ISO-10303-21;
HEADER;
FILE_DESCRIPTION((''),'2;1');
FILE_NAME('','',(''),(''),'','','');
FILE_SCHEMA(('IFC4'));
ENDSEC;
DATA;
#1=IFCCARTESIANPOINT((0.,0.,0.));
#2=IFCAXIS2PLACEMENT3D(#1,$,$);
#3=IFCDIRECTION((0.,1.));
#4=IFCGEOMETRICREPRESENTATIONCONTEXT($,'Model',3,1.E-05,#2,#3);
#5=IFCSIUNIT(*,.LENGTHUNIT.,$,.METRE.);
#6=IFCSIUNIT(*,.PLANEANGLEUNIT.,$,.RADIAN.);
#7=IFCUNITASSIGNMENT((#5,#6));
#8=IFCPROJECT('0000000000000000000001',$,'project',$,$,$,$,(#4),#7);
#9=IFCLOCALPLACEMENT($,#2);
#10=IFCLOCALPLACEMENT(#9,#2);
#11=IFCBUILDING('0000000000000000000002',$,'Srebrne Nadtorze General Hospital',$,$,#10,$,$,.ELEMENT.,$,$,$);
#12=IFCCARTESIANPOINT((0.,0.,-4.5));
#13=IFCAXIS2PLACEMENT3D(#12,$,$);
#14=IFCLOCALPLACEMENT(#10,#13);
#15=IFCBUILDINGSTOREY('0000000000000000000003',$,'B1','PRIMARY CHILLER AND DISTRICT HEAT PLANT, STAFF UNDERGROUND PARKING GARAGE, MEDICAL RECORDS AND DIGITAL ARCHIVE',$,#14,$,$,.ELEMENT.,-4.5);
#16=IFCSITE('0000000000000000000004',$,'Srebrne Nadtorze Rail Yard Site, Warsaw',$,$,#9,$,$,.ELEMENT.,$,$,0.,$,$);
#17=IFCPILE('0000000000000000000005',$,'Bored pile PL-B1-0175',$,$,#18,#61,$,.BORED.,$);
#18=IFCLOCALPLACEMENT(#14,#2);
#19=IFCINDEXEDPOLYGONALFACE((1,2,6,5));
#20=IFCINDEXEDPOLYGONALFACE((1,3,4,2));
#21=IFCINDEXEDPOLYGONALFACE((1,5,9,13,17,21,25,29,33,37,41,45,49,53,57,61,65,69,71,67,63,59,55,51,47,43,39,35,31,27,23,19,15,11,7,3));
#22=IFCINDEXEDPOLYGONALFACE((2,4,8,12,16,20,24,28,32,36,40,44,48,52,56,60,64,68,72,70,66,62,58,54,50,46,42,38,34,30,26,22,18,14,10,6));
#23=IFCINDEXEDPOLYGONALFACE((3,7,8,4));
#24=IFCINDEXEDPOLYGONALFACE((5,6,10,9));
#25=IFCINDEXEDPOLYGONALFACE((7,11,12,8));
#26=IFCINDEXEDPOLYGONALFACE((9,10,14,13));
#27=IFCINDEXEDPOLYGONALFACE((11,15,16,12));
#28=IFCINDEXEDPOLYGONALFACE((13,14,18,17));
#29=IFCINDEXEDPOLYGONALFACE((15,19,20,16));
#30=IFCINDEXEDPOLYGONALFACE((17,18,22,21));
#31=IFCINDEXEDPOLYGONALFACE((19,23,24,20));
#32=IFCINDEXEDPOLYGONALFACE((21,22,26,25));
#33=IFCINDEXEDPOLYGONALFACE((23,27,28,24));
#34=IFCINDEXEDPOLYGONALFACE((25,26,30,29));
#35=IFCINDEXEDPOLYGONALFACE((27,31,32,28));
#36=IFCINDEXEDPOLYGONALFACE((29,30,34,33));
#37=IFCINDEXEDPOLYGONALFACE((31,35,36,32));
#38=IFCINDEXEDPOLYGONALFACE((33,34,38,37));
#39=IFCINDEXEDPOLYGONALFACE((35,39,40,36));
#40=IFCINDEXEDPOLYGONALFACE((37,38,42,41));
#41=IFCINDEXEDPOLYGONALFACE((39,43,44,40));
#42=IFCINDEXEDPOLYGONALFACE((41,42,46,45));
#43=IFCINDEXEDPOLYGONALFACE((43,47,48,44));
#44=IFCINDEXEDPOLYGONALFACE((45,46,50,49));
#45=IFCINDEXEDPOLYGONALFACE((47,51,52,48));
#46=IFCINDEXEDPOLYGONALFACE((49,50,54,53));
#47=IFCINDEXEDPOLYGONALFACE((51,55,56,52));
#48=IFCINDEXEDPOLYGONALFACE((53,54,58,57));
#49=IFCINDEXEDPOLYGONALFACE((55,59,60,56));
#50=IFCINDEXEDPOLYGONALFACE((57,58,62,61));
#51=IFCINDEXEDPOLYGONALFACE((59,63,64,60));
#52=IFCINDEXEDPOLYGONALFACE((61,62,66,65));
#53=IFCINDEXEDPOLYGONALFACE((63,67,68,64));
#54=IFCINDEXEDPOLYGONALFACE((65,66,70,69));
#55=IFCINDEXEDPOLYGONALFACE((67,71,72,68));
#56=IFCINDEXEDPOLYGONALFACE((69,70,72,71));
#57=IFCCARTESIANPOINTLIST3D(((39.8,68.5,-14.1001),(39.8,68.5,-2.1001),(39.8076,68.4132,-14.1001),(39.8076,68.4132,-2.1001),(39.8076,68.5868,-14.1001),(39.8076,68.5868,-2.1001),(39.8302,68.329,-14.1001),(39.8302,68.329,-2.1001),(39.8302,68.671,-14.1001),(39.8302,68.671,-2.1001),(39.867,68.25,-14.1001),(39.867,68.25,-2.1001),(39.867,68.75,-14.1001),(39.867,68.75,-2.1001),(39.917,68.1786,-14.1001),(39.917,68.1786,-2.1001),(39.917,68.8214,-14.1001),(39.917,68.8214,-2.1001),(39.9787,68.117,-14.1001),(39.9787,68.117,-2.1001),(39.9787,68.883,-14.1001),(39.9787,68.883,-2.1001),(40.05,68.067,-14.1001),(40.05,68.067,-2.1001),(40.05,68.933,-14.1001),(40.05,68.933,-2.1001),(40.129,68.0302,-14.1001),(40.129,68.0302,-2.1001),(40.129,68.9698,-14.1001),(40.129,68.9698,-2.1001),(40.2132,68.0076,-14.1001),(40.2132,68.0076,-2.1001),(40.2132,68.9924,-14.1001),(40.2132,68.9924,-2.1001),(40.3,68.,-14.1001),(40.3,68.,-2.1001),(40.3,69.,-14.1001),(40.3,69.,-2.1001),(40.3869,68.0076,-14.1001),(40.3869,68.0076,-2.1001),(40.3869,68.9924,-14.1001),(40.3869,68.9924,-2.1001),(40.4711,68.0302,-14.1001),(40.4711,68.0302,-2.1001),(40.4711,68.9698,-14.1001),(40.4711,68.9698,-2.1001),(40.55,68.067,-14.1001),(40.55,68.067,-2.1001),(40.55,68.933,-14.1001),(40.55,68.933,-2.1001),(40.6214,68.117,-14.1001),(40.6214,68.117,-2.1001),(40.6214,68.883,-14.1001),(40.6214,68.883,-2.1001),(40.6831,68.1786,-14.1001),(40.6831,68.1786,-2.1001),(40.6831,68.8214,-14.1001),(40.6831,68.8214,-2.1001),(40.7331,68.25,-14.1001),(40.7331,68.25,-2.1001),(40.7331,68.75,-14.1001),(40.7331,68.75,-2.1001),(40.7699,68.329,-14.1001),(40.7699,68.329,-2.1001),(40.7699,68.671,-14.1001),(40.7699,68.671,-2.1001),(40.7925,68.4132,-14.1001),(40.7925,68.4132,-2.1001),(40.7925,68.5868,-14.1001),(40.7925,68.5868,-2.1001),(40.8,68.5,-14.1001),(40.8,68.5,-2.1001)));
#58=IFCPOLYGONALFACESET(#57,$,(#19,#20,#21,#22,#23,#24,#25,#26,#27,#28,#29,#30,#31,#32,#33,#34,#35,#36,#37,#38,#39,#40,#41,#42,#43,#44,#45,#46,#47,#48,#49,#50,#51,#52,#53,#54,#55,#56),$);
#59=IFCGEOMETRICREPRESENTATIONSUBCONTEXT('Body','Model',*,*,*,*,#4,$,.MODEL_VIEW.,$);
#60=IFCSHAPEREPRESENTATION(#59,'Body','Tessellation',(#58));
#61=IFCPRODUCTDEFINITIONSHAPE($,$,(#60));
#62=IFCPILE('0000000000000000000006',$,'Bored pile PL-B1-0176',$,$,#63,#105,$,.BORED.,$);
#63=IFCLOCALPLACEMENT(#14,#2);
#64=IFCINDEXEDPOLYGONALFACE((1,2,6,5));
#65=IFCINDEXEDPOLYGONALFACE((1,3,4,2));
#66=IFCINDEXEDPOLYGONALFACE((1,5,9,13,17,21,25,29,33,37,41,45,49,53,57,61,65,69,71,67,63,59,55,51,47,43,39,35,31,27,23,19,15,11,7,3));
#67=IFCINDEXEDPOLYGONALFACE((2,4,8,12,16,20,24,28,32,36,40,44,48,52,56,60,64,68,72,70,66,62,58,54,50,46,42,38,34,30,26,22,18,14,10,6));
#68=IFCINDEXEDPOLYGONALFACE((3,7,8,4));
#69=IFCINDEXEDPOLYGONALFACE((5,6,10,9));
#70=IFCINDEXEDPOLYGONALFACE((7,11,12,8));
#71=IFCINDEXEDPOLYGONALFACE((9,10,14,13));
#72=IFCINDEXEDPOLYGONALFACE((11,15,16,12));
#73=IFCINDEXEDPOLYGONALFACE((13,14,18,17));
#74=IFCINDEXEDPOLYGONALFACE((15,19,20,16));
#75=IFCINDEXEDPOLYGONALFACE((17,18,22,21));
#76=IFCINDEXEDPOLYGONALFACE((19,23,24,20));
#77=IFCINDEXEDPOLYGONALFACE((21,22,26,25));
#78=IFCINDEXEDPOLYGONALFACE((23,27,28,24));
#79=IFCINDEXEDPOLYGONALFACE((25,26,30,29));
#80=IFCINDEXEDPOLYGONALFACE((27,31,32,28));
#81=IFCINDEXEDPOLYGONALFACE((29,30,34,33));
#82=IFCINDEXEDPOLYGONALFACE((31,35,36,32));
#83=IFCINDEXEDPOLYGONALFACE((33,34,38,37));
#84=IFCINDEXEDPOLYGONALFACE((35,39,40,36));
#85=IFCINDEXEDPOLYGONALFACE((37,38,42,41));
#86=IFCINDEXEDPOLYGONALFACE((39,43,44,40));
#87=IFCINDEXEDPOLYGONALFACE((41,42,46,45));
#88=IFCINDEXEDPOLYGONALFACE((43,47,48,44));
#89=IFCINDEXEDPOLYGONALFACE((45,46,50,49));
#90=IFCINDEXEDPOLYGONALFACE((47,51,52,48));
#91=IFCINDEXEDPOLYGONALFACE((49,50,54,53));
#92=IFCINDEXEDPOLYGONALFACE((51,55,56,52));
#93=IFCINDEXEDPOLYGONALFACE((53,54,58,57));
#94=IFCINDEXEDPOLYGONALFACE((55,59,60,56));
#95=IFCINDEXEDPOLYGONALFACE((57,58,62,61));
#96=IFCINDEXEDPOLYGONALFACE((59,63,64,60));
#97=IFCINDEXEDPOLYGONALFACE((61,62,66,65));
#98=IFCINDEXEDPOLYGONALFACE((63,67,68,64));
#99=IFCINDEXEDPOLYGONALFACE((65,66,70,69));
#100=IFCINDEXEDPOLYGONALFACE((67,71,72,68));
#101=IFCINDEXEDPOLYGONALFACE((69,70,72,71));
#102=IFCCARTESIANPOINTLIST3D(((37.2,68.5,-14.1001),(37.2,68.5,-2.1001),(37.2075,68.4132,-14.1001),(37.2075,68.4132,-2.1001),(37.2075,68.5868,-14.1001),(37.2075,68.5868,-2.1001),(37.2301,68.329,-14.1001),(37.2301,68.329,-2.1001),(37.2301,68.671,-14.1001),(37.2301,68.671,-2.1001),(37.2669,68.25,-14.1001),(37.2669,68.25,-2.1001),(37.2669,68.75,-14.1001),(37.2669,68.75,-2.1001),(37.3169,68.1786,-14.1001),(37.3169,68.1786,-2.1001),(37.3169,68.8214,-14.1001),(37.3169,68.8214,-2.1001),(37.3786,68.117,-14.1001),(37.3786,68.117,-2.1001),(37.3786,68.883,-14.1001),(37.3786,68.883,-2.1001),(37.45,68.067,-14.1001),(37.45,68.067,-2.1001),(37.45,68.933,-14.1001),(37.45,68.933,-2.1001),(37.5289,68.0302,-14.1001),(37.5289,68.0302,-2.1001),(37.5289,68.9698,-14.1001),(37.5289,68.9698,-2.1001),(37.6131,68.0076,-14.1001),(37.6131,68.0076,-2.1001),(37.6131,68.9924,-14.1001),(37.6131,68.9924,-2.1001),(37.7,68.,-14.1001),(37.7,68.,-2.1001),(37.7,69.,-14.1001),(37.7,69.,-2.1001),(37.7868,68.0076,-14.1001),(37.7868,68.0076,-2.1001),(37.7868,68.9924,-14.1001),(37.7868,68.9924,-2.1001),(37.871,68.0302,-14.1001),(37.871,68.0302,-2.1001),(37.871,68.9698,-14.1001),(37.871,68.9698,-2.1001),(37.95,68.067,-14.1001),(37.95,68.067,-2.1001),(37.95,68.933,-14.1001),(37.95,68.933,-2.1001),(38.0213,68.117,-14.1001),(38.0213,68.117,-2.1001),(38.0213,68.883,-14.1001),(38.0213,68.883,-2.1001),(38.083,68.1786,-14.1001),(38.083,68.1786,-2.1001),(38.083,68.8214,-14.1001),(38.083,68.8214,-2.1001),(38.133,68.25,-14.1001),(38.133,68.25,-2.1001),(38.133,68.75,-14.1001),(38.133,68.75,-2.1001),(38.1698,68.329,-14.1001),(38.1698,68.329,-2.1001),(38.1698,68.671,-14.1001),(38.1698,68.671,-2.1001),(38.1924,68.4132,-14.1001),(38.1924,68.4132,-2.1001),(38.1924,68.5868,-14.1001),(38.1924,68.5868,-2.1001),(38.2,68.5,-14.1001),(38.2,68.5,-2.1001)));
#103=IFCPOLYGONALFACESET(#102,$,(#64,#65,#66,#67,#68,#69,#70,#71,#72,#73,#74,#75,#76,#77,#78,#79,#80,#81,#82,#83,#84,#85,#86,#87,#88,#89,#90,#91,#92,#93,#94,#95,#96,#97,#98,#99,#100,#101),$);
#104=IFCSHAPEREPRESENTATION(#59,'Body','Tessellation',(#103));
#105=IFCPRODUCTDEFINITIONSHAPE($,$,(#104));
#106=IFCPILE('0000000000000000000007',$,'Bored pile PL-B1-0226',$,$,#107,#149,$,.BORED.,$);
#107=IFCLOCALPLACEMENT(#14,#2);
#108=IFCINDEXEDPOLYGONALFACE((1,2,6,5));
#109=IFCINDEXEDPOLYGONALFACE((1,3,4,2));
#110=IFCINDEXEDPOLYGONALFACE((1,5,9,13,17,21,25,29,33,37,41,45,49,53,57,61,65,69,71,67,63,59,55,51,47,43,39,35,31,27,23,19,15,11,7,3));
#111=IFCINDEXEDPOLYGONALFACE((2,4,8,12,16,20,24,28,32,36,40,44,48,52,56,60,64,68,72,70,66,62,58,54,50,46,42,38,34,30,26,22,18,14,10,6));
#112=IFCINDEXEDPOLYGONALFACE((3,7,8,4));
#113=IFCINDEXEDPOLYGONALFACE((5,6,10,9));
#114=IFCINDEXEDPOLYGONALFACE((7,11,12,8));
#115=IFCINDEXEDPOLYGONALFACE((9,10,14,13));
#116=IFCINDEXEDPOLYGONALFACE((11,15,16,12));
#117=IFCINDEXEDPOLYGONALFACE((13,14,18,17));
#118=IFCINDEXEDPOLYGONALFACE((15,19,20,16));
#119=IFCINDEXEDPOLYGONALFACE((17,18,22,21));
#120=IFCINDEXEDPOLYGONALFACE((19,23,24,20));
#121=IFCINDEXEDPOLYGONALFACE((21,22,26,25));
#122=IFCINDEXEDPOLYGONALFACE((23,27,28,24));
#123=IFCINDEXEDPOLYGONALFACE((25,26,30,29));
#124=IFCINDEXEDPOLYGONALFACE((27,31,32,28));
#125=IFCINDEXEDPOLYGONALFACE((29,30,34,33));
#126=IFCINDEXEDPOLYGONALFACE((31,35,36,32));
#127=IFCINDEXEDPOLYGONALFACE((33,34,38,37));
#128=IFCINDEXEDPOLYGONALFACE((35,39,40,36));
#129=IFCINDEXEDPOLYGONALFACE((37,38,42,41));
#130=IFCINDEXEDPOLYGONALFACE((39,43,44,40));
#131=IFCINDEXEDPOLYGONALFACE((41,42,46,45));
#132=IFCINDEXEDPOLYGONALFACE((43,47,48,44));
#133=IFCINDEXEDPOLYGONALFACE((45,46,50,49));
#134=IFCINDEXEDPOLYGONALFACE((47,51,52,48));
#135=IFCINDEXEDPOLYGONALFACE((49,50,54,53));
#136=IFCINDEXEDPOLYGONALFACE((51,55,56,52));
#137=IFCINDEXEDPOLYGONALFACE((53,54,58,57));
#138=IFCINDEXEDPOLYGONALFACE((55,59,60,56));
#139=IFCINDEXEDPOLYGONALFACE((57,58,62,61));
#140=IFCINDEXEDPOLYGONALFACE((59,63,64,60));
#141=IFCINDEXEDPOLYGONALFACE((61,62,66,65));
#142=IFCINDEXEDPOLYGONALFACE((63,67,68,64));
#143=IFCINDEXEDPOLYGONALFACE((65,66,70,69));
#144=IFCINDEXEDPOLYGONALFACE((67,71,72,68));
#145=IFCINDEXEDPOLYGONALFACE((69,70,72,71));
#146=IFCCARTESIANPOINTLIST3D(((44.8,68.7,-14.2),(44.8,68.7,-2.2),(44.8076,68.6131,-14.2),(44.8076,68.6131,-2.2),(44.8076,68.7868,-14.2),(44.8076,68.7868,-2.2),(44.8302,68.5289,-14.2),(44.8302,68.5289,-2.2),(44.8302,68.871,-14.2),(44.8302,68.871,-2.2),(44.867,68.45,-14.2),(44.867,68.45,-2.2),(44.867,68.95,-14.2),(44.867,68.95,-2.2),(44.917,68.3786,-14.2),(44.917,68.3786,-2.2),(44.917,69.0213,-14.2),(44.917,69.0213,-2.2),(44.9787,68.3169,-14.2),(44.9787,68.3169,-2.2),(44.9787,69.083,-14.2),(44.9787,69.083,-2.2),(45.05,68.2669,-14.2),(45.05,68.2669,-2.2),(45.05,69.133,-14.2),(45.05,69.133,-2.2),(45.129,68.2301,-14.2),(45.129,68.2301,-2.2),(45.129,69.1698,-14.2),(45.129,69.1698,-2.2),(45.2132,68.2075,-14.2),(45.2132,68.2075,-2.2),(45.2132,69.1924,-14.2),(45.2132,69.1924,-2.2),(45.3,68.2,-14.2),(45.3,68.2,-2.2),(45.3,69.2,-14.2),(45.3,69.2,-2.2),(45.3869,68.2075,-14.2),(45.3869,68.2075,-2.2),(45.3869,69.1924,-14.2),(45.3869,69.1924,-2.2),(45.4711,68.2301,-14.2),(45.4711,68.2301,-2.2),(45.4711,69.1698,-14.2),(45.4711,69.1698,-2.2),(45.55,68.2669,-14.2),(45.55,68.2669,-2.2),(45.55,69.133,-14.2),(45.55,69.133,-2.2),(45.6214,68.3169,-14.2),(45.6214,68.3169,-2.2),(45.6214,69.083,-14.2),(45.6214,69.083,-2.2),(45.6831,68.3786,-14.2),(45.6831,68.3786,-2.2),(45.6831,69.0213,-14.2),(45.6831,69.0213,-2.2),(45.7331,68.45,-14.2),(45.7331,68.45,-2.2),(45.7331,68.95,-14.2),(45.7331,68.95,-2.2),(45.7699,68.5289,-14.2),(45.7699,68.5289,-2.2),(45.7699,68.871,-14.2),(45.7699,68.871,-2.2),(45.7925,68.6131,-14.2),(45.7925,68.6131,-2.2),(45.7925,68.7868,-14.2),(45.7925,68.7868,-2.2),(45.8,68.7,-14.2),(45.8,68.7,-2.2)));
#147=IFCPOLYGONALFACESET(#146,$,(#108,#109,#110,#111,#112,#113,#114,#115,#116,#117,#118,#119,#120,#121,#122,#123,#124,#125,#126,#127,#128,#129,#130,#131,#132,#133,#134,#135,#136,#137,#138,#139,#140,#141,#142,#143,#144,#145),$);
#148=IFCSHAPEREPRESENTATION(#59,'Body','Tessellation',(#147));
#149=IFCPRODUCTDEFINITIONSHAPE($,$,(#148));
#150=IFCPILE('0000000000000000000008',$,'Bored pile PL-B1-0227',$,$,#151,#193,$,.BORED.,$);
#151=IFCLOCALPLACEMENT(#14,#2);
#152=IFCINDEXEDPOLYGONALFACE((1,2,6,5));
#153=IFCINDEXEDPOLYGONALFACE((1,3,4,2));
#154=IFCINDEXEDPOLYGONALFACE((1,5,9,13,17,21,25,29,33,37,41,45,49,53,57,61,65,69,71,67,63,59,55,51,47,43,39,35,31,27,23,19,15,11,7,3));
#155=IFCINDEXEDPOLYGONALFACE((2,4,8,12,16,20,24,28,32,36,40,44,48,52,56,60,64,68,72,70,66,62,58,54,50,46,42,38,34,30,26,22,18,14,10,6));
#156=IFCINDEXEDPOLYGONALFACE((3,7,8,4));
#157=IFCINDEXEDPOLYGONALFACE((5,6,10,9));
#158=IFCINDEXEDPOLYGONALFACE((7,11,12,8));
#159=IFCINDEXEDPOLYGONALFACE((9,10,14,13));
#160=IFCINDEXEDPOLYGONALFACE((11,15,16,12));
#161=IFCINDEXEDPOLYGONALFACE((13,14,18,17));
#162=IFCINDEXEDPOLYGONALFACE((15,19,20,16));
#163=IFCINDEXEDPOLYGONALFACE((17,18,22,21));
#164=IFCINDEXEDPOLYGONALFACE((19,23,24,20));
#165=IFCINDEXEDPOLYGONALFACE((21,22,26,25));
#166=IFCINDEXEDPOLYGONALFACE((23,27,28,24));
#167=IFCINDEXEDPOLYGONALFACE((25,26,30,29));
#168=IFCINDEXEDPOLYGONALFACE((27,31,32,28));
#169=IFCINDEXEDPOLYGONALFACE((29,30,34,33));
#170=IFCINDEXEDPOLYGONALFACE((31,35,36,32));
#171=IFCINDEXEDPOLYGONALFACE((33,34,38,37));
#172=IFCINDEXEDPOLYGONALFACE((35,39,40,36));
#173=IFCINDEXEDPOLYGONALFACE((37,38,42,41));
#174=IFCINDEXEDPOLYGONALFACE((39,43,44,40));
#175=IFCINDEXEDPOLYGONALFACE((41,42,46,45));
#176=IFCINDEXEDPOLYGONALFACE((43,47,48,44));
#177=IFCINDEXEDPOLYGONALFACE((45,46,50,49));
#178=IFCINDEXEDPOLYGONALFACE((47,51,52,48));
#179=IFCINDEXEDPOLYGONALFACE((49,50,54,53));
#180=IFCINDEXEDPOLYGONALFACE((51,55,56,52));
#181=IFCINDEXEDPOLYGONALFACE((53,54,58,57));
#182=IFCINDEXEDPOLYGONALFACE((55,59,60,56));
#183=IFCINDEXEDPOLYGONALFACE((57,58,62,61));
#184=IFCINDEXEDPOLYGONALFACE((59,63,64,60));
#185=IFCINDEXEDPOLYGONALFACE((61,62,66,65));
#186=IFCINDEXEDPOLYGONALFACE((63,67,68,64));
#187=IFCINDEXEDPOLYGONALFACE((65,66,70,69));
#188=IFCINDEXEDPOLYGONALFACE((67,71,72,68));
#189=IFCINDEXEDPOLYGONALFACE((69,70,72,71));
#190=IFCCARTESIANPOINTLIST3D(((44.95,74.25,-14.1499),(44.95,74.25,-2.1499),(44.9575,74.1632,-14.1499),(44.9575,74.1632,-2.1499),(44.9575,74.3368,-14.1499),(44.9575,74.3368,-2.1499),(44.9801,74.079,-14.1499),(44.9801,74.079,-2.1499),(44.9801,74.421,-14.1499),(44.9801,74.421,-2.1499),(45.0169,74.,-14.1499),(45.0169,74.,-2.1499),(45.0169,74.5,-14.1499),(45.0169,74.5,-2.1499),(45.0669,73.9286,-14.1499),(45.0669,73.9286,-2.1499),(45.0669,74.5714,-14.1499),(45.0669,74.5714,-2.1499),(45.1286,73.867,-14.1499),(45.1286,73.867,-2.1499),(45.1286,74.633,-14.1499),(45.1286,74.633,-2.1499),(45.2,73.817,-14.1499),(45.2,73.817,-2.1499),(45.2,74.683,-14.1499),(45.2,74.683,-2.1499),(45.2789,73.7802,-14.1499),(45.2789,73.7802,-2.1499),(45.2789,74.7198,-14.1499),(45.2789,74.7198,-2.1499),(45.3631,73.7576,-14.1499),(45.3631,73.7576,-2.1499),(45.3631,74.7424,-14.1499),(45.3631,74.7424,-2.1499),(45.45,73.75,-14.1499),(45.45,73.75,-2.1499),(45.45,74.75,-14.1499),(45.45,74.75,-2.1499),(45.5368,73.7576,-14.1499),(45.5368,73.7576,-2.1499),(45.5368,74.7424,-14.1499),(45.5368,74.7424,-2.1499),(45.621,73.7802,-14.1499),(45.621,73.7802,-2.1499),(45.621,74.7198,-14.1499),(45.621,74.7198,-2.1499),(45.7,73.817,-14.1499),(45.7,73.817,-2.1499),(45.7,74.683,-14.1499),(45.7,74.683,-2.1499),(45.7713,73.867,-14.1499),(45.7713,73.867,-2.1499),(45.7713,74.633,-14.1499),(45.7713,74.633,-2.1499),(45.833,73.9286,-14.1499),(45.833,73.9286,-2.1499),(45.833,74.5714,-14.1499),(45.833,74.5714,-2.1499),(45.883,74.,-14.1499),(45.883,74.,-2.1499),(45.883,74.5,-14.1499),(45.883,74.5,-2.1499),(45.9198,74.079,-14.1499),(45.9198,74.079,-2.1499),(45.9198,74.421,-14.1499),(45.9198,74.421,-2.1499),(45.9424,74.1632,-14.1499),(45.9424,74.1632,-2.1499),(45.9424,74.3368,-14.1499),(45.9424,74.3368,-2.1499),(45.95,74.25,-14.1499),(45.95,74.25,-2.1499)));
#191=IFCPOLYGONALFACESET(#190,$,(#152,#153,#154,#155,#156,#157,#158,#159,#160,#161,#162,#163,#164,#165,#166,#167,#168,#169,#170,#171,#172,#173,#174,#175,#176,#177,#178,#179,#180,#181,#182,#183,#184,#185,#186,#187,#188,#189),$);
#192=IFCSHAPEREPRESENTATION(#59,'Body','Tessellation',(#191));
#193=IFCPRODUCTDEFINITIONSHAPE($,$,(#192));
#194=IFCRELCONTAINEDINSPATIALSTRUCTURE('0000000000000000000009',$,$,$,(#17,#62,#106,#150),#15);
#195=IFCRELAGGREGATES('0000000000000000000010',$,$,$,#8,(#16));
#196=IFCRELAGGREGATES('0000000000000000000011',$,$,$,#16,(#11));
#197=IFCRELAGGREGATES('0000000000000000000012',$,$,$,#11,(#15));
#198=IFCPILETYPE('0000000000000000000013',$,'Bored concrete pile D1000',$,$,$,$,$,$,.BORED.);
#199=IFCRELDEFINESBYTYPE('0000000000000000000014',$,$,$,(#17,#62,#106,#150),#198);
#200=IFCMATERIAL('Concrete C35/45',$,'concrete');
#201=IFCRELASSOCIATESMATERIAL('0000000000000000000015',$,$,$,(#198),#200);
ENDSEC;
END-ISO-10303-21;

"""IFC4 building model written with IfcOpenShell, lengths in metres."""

from ifc_helpers import new_model, si_unit, direction, frame, origin, origin_2d, place, context, subcontext, project, spatial, circle, extrude, material, material_profile, profile_set, type_object, element, save


model = new_model("IFC4")

# Units and contexts
model_context = context("Model", 3, precision=1e-05, world=origin(), true_north=direction((0.0, 1.0)))
body_context = subcontext(model_context, "Body", "Model", "MODEL_VIEW")
ifc_project = project(units=[si_unit("LENGTHUNIT", "METRE"), si_unit("PLANEANGLEUNIT", "RADIAN")], contexts=[model_context])

# Site, building, storey
site_placement = place(None, origin())
site = spatial("IfcSite", under=ifc_project, at=site_placement, Name="Srebrne Nadtorze Rail Yard Site, Warsaw", CompositionType="ELEMENT", RefElevation=0.0)
building_placement = place(site_placement, origin())
building = spatial("IfcBuilding", under=site, at=building_placement, Name="Srebrne Nadtorze General Hospital", CompositionType="ELEMENT")
storey_placement = place(building_placement, frame((0.0, 0.0, -4.5)))
storey = spatial("IfcBuildingStorey", under=building, at=storey_placement, Name="B1", Description="PRIMARY CHILLER AND DISTRICT HEAT PLANT, STAFF UNDERGROUND PARKING GARAGE, MEDICAL RECORDS AND DIGITAL ARCHIVE", CompositionType="ELEMENT", Elevation=-4.5)

# Piles
ifc_material_1 = material(Name="Concrete C35/45", Category="concrete")
ifc_material_profile_1 = material_profile(ifc_material_1, circle(Radius=0.5, at=origin_2d()), Name="PILE-D1000")
ifc_profile_set_1 = profile_set([ifc_material_profile_1], Name="Concrete C35/45")
pile_type_1 = type_object("IfcPileType", Name="Bored concrete pile D1000", PredefinedType="BORED", material=ifc_profile_set_1)
for number, where, z_axis, x_axis, name in (
    (1, (40.3, 68.5, -2.1001), (0.0, 0.0, -1.0), (1.0, 0.0, 0.0), "Bored pile PL-B1-0175"),
    (2, (37.7, 68.5, -2.1001), (0.0, 0.0, -1.0), (1.0, 0.0, 0.0), "Bored pile PL-B1-0176"),
    (3, (45.3, 68.7, -2.2), (0.0, 0.0, -1.0), (1.0, 0.0, 0.0), "Bored pile PL-B1-0226"),
    (4, (45.45, 74.25, -2.1499), (0.0, 0.0, -1.0), (1.0, 0.0, 0.0), "Bored pile PL-B1-0227"),
):
    element("IfcPile", number, at=place(storey_placement, frame(where, z_axis=z_axis, x_axis=x_axis)), inside=storey, type_object=pile_type_1, Name=name, PredefinedType="BORED", context=body_context, shape_type="SweptSolid", body=[
        extrude(circle(Radius=0.5, at=origin_2d()), origin(), (0.0, 0.0, 1.0), 12.0),
    ])

save(model, "model.ifc")
